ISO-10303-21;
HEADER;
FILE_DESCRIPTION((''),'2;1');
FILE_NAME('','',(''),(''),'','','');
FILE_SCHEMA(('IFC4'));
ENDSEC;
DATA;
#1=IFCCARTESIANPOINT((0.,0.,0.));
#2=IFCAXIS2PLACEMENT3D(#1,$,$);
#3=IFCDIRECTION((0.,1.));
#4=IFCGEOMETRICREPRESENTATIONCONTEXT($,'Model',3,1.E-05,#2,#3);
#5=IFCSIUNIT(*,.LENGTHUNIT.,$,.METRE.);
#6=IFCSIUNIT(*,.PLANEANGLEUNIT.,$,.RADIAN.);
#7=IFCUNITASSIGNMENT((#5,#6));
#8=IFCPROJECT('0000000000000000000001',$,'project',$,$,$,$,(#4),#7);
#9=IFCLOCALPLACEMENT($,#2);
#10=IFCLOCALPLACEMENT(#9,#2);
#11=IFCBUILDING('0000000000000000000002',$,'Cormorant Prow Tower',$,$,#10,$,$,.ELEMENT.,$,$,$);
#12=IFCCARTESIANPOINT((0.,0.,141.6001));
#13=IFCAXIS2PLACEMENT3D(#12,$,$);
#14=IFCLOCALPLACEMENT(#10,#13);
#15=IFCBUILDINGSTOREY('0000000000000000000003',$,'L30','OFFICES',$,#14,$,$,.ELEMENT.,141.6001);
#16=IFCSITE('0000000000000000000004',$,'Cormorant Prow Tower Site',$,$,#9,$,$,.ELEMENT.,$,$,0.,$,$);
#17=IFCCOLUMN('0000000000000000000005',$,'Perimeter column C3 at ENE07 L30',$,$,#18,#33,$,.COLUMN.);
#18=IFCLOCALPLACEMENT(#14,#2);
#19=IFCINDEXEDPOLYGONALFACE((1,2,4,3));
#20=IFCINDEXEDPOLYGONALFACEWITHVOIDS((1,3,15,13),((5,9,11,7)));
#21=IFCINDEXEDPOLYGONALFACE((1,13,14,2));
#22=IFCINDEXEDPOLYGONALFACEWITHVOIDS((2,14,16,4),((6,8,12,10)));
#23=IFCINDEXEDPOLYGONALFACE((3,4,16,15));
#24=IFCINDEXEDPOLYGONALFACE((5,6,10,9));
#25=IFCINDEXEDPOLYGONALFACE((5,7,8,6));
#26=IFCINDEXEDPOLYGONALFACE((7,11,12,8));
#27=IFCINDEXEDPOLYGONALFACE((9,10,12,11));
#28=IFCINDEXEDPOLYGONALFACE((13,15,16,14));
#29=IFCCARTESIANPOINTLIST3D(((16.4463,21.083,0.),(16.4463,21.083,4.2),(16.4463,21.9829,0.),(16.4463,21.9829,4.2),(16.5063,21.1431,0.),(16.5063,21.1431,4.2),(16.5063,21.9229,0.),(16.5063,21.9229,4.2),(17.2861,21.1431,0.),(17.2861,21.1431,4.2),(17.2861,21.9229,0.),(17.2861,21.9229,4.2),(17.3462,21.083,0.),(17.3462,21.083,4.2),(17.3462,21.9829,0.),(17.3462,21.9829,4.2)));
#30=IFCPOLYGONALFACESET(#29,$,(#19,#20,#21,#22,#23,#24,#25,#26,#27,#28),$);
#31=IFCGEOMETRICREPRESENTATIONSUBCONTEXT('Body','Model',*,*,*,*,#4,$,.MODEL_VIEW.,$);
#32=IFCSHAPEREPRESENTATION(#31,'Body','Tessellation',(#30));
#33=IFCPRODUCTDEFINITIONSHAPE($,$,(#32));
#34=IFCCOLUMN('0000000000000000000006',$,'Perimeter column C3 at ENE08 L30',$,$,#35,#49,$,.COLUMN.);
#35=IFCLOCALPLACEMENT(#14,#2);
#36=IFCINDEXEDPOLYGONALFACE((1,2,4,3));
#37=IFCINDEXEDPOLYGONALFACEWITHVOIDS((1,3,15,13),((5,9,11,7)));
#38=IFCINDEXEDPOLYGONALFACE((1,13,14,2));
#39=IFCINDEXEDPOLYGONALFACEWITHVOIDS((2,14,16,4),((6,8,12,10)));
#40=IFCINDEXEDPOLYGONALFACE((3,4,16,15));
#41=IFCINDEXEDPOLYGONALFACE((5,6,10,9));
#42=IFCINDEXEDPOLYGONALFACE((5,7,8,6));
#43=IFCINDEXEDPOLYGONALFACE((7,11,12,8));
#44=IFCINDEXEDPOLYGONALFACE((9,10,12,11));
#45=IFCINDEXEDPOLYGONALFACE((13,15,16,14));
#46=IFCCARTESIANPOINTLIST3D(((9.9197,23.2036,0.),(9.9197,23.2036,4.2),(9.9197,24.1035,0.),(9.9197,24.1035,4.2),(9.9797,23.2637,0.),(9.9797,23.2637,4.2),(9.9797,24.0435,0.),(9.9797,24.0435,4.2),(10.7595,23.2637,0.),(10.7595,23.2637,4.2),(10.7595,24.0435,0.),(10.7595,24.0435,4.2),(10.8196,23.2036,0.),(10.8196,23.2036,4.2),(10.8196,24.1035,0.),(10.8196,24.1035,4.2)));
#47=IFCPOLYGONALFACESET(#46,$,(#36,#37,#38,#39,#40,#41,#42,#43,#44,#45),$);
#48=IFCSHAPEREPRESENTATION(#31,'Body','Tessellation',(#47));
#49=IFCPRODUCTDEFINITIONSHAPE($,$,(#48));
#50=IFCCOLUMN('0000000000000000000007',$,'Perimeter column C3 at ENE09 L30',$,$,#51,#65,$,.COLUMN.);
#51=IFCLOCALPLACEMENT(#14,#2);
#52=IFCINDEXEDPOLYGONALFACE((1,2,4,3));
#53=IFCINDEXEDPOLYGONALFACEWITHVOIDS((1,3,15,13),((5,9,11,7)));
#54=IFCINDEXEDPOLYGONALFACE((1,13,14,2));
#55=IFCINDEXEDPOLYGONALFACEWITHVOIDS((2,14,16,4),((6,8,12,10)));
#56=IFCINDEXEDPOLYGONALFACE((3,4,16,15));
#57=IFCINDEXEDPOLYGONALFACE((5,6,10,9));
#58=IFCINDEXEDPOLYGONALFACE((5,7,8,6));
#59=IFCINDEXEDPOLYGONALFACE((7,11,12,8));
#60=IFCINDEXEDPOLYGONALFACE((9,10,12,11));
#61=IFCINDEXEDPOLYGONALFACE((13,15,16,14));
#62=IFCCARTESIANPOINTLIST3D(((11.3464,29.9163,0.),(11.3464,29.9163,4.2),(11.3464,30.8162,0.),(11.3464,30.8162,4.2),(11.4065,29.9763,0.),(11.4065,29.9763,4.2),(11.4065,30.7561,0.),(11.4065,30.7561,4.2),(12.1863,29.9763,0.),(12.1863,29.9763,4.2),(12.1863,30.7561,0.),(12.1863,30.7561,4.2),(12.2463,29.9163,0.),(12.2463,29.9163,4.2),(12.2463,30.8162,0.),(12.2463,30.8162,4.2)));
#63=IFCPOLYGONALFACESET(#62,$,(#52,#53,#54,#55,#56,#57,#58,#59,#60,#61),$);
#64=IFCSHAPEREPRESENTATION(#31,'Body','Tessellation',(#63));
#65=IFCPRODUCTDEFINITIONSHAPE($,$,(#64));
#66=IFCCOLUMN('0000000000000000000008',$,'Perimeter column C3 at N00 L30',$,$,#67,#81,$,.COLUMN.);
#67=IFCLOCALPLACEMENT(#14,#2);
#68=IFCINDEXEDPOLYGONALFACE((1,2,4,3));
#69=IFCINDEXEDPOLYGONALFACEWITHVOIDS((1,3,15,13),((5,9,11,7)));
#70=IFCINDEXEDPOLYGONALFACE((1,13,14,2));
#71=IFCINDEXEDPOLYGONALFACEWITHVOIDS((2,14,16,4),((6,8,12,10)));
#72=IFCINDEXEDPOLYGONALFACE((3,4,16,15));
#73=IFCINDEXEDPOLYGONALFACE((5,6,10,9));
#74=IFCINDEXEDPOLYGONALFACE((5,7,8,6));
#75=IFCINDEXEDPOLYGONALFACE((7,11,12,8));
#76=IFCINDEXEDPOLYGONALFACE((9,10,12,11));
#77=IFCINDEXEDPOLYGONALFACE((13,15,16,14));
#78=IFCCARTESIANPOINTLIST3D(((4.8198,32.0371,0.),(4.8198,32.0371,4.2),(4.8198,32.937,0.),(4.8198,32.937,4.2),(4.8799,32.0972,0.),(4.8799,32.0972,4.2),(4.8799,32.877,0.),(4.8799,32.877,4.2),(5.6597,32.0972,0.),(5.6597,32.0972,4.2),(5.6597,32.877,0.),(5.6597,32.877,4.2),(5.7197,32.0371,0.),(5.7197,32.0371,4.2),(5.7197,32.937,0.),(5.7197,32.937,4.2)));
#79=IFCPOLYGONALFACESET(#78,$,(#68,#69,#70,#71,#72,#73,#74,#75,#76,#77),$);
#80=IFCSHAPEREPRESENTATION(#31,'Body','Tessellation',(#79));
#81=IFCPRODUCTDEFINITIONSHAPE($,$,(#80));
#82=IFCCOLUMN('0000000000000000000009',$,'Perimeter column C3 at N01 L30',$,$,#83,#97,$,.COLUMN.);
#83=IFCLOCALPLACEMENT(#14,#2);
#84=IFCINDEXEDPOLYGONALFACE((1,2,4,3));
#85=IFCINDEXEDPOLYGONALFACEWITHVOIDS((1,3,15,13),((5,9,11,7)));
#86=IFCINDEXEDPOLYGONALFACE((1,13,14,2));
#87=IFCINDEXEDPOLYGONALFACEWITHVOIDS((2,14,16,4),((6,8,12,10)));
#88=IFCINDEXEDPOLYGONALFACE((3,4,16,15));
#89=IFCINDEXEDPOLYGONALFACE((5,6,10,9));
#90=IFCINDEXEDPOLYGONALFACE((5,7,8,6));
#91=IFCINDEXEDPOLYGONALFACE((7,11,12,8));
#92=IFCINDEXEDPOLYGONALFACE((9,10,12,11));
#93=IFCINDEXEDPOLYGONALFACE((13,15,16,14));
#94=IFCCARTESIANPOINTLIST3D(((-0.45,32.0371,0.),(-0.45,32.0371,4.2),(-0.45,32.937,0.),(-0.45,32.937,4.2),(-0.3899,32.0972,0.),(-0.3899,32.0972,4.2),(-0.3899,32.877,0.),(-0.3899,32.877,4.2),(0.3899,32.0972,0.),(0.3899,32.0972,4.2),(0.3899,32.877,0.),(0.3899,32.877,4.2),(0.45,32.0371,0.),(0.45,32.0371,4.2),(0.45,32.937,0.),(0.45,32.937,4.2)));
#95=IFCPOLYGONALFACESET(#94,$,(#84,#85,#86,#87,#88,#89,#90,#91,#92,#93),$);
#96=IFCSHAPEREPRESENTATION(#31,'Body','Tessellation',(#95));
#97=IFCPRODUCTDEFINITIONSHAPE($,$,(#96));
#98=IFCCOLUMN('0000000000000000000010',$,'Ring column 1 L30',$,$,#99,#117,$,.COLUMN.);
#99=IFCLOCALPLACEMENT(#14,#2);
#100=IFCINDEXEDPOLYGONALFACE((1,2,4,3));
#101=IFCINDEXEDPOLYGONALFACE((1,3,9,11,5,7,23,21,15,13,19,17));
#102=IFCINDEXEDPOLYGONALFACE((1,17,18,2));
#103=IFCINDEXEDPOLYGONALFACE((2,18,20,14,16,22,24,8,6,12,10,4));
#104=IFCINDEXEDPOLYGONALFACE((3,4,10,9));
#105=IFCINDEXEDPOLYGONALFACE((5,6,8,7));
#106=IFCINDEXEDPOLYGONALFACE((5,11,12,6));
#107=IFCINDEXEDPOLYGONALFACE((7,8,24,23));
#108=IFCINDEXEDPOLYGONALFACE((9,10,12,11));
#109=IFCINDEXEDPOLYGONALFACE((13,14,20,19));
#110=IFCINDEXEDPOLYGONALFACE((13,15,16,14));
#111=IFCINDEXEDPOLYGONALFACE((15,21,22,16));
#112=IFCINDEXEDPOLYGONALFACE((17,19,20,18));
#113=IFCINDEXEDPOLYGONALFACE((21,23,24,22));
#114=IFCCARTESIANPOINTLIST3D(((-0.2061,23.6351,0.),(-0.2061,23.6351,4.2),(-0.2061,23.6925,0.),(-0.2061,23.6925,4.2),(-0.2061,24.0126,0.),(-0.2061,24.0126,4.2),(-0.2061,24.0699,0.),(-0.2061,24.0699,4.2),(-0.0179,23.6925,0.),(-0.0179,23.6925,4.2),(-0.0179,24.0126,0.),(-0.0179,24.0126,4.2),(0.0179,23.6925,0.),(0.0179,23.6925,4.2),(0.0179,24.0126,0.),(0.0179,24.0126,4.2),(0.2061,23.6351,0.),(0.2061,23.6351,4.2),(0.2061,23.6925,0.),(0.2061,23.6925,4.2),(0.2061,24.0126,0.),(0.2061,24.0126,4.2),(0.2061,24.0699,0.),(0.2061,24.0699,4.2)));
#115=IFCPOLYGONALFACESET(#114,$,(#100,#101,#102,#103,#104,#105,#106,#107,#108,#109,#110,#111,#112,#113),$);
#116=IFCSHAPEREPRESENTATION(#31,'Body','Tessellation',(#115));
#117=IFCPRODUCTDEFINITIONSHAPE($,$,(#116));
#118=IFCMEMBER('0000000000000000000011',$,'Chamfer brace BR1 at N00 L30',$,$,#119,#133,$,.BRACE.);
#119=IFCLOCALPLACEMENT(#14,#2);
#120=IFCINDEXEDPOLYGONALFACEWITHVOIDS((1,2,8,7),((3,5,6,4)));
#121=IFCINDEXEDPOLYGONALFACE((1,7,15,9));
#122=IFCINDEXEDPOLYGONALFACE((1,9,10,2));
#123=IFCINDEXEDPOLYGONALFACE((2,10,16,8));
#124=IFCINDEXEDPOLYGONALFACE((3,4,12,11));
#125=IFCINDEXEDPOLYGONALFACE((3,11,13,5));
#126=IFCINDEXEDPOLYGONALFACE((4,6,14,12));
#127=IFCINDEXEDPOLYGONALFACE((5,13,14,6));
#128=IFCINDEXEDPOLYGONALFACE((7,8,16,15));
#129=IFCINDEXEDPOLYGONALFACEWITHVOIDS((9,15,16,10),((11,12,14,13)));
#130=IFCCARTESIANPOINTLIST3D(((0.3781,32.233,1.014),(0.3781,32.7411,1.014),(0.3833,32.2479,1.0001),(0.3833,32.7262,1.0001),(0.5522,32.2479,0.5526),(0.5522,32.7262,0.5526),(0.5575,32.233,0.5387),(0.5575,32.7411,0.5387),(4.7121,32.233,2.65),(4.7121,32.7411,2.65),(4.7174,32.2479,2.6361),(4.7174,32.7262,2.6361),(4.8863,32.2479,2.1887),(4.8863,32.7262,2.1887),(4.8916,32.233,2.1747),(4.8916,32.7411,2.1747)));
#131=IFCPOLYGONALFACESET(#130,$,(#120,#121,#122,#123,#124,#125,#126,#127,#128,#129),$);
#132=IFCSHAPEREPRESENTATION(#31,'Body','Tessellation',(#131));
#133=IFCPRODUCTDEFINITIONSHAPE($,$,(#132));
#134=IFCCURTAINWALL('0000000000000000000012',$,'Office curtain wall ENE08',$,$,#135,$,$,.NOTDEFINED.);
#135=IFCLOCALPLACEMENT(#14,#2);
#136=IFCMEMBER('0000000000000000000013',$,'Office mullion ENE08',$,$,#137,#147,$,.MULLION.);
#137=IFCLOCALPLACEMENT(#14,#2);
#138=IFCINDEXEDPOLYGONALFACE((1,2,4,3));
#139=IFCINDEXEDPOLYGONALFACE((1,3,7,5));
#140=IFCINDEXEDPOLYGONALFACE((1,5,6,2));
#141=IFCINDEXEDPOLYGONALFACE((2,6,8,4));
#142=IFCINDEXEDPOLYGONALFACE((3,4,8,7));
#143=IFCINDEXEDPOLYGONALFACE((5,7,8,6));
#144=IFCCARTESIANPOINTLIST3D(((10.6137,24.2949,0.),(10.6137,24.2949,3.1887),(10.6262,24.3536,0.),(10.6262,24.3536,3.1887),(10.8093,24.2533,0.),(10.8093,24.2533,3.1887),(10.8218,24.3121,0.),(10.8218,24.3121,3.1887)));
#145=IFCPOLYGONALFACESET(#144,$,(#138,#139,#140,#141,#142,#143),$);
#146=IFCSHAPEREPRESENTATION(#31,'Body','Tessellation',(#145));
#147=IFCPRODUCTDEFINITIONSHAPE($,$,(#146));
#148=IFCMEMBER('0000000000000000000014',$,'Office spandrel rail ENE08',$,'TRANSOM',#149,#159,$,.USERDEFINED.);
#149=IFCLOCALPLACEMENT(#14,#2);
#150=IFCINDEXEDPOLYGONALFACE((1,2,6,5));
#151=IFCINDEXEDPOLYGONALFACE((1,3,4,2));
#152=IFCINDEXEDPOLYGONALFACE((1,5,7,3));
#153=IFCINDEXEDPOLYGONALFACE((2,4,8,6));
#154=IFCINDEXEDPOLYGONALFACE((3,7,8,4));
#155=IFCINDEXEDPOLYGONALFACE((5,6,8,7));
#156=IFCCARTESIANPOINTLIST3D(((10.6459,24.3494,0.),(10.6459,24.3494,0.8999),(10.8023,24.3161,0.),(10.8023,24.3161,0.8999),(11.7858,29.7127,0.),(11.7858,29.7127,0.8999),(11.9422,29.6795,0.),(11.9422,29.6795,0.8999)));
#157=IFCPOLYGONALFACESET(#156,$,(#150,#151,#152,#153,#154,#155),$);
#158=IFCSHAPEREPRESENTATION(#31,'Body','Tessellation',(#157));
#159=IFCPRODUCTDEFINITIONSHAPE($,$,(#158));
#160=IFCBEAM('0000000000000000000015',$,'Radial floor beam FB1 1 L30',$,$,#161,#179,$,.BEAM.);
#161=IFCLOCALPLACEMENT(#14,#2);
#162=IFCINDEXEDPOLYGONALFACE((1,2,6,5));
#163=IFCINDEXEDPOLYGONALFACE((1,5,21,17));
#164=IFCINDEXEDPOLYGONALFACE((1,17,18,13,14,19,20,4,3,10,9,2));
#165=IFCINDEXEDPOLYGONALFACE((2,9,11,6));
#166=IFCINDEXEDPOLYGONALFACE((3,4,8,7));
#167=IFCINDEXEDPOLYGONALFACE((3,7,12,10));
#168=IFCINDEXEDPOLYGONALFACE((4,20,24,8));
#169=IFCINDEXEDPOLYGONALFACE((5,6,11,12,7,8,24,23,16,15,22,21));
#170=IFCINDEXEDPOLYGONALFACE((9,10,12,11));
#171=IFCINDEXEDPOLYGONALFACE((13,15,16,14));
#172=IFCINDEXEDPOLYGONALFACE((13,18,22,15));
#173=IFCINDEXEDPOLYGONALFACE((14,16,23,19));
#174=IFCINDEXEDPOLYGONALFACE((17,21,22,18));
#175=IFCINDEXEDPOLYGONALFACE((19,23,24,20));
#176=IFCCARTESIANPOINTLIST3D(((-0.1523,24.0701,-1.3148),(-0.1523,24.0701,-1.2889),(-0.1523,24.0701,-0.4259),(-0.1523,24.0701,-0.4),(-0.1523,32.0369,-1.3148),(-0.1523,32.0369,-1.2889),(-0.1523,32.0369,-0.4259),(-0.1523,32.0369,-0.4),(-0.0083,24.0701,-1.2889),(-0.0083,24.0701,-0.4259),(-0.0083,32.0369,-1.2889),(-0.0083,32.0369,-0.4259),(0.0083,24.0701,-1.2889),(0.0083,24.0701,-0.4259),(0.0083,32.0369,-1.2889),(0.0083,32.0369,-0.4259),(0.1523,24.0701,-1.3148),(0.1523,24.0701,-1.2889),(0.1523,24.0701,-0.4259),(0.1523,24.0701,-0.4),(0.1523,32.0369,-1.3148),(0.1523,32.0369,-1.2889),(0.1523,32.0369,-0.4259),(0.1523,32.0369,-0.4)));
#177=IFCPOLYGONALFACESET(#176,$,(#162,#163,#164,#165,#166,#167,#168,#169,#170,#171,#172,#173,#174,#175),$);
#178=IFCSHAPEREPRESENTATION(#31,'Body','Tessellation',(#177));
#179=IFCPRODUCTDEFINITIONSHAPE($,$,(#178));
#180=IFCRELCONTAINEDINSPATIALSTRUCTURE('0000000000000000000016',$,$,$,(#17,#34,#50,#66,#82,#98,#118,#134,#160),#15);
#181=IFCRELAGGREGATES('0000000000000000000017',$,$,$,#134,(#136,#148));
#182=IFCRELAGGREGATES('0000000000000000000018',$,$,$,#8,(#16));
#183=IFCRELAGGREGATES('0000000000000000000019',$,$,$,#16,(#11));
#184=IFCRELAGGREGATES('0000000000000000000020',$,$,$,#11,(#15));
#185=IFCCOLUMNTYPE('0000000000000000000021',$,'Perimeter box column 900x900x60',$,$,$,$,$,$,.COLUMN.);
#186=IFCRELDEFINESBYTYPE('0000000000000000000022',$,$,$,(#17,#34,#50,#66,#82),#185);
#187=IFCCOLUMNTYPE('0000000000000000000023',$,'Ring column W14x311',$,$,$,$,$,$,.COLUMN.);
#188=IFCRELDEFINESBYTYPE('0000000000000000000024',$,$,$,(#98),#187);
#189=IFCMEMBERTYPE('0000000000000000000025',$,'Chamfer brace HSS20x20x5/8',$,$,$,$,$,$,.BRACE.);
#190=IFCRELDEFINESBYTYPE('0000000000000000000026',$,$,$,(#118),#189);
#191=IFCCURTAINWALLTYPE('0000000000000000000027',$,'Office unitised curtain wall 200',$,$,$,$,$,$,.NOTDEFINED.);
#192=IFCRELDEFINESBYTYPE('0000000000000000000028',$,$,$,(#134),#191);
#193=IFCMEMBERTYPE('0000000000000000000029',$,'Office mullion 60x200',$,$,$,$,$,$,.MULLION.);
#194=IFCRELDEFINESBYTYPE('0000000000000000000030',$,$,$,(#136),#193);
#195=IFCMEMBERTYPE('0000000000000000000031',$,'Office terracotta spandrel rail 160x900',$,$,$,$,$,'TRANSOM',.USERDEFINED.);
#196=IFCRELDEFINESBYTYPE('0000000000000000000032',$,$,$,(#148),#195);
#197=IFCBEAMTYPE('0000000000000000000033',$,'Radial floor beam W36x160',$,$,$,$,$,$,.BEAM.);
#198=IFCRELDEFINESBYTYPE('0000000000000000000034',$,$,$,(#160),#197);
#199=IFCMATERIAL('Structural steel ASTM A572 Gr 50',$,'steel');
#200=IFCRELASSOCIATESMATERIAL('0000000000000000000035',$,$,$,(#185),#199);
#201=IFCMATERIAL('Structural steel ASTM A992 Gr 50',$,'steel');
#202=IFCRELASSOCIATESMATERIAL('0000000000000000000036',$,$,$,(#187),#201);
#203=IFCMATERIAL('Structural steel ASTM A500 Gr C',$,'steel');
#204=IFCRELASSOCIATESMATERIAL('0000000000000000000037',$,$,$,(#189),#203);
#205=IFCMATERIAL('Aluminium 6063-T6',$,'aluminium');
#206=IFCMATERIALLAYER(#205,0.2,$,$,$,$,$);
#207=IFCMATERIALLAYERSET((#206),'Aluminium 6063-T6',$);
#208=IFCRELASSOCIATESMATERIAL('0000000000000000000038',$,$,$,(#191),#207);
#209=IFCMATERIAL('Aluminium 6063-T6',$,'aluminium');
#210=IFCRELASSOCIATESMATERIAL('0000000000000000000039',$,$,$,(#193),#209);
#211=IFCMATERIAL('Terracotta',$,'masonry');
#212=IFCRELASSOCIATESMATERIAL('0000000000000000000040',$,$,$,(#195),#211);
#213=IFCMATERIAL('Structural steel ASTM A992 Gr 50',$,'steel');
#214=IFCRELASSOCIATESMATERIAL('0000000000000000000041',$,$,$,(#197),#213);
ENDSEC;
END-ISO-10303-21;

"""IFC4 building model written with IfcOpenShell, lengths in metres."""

from ifc_helpers import new_model, si_unit, direction, frame, origin, origin_2d, place, context, subcontext, project, spatial, rectangle, hollow_rectangle, i_section, extrude, material, layer, layer_set, material_profile, profile_set, type_object, element, aggregate, save


model = new_model("IFC4")

# Units and contexts
model_context = context("Model", 3, precision=1e-05, world=origin(), true_north=direction((0.0, 1.0)))
body_context = subcontext(model_context, "Body", "Model", "MODEL_VIEW")
ifc_project = project(units=[si_unit("LENGTHUNIT", "METRE"), si_unit("PLANEANGLEUNIT", "RADIAN")], contexts=[model_context])

# Site, building, storey
site_placement = place(None, origin())
site = spatial("IfcSite", under=ifc_project, at=site_placement, Name="Cormorant Prow Tower Site", CompositionType="ELEMENT", RefElevation=0.0)
building_placement = place(site_placement, origin())
building = spatial("IfcBuilding", under=site, at=building_placement, Name="Cormorant Prow Tower", CompositionType="ELEMENT")
storey_placement = place(building_placement, frame((0.0, 0.0, 141.6001)))
storey = spatial("IfcBuildingStorey", under=building, at=storey_placement, Name="L30", Description="OFFICES", CompositionType="ELEMENT", Elevation=141.6001)

# Columns
ifc_material_1 = material(Name="Structural steel ASTM A572 Gr 50", Category="steel")
ifc_material_profile_1 = material_profile(ifc_material_1, hollow_rectangle(XDim=0.8999, YDim=0.8999, WallThickness=0.0601, at=origin_2d()), Name="Box 900x900x60")
ifc_profile_set_1 = profile_set([ifc_material_profile_1], Name="Structural steel ASTM A572 Gr 50")
column_type_1 = type_object("IfcColumnType", Name="Perimeter box column 900x900x60", PredefinedType="COLUMN", material=ifc_profile_set_1)
for number, where, z_axis, x_axis, name in (
    (1, (16.8962, 21.533, 0.0), (0.0, 0.0, 1.0), (1.0, 0.0, 0.0), "Perimeter column C3 at ENE07 L30"),
    (2, (10.3696, 23.6536, 0.0), (0.0, 0.0, 1.0), (1.0, 0.0, 0.0), "Perimeter column C3 at ENE08 L30"),
    (3, (11.7964, 30.3662, 0.0), (0.0, 0.0, 1.0), (1.0, 0.0, 0.0), "Perimeter column C3 at ENE09 L30"),
    (4, (5.2698, 32.4871, 0.0), (0.0, 0.0, 1.0), (1.0, 0.0, 0.0), "Perimeter column C3 at N00 L30"),
    (5, (0.0, 32.4871, 0.0), (0.0, 0.0, 1.0), (1.0, 0.0, 0.0), "Perimeter column C3 at N01 L30"),
):
    element("IfcColumn", number, at=place(storey_placement, frame(where, z_axis=z_axis, x_axis=x_axis)), inside=storey, type_object=column_type_1, Name=name, PredefinedType="COLUMN", context=body_context, shape_type="SweptSolid", body=[
        extrude(hollow_rectangle(XDim=0.8999, YDim=0.8999, WallThickness=0.0601, at=origin_2d()), origin(), (0.0, 0.0, 1.0), 4.2),
    ])
ifc_material_2 = material(Name="Structural steel ASTM A992 Gr 50", Category="steel")
ifc_material_profile_2 = material_profile(ifc_material_2, i_section(OverallWidth=0.4121, OverallDepth=0.4348, WebThickness=0.0359, FlangeThickness=0.0574, at=origin_2d()), Name="W14x311")
ifc_profile_set_2 = profile_set([ifc_material_profile_2], Name="Structural steel ASTM A992 Gr 50")
column_type_2 = type_object("IfcColumnType", Name="Ring column W14x311", PredefinedType="COLUMN", material=ifc_profile_set_2)
column_placement = place(storey_placement, frame((0.0, 23.8525, 0.0), z_axis=(0.0, 0.0, 1.0), x_axis=(1.0, 0.0, 0.0)))
element("IfcColumn", 6, at=column_placement, inside=storey, type_object=column_type_2, Name="Ring column 1 L30", PredefinedType="COLUMN", context=body_context, shape_type="SweptSolid", body=[
    extrude(i_section(OverallWidth=0.4121, OverallDepth=0.4348, WebThickness=0.0359, FlangeThickness=0.0574, at=origin_2d()), origin(), (0.0, 0.0, 1.0), 4.2),
])

# Member
ifc_material_3 = material(Name="Structural steel ASTM A500 Gr C", Category="steel")
ifc_material_profile_3 = material_profile(ifc_material_3, hollow_rectangle(XDim=0.5081, YDim=0.5081, WallThickness=0.0149, at=origin_2d()), Name="HSS20x20x5/8")
ifc_profile_set_3 = profile_set([ifc_material_profile_3], Name="Structural steel ASTM A500 Gr C")
member_type_1 = type_object("IfcMemberType", Name="Chamfer brace HSS20x20x5/8", PredefinedType="BRACE", material=ifc_profile_set_3)
member_1_placement = place(storey_placement, frame((0.4678, 32.4871, 0.7764), z_axis=(0.935565, 0.0, 0.353156), x_axis=(0.0, 1.0, 0.0)))
element("IfcMember", 7, at=member_1_placement, inside=storey, type_object=member_type_1, Name="Chamfer brace BR1 at N00 L30", PredefinedType="BRACE", context=body_context, shape_type="SweptSolid", body=[
    extrude(hollow_rectangle(XDim=0.5081, YDim=0.5081, WallThickness=0.0149, at=origin_2d()), origin(), (0.0, 0.0, 1.0), 4.6326),
])

# Curtain wall, members
ifc_material_4 = material(Name="Aluminium 6063-T6", Category="aluminium")
ifc_layer_1 = layer(ifc_material_4, 0.2)
ifc_layer_set_1 = layer_set([ifc_layer_1], Name="Aluminium 6063-T6")
curtain_wall_type = type_object("IfcCurtainWallType", Name="Office unitised curtain wall 200", PredefinedType="NOTDEFINED", material=ifc_layer_set_1)
curtain_wall_placement = place(storey_placement, origin())
curtain_wall = element("IfcCurtainWall", 8, at=curtain_wall_placement, inside=storey, type_object=curtain_wall_type, Name="Office curtain wall ENE08", PredefinedType="NOTDEFINED")
ifc_material_5 = material(Name="Aluminium 6063-T6", Category="aluminium")
ifc_material_profile_4 = material_profile(ifc_material_5, rectangle(XDim=0.2, YDim=0.0601, at=origin_2d()), Name="Office mullion 60x200")
ifc_profile_set_4 = profile_set([ifc_material_profile_4], Name="Aluminium 6063-T6")
member_type_2 = type_object("IfcMemberType", Name="Office mullion 60x200", PredefinedType="MULLION", material=ifc_profile_set_4)
member_2_placement = place(storey_placement, frame((10.7178, 24.3035, 0.0), z_axis=(0.0, 0.0, 1.0), x_axis=(-0.978148, 0.207912, 0.0)))
member_2 = element("IfcMember", 9, at=member_2_placement, type_object=member_type_2, Name="Office mullion ENE08", PredefinedType="MULLION", context=body_context, shape_type="SweptSolid", body=[
    extrude(rectangle(XDim=0.2, YDim=0.0601, at=origin_2d()), origin(), (0.0, 0.0, 1.0), 3.1887),
])
ifc_material_6 = material(Name="Terracotta", Category="masonry")
ifc_material_profile_5 = material_profile(ifc_material_6, rectangle(XDim=0.1599, YDim=0.8999, at=origin_2d()), Name="Office terracotta spandrel rail 160x900")
ifc_profile_set_5 = profile_set([ifc_material_profile_5], Name="Terracotta")
member_type_3 = type_object("IfcMemberType", Name="Office terracotta spandrel rail 160x900", ElementType="TRANSOM", PredefinedType="USERDEFINED", material=ifc_profile_set_5)
member_3_placement = place(storey_placement, frame((10.7241, 24.3328, 0.45), z_axis=(0.207893, 0.978152, 0.0), x_axis=(-0.978152, 0.207893, 0.0)))
member_3 = element("IfcMember", 10, at=member_3_placement, type_object=member_type_3, Name="Office spandrel rail ENE08", ObjectType="TRANSOM", PredefinedType="USERDEFINED", context=body_context, shape_type="SweptSolid", body=[
    extrude(rectangle(XDim=0.1599, YDim=0.8999, at=origin_2d()), origin(), (0.0, 0.0, 1.0), 5.4832),
])

# Beam
ifc_material_7 = material(Name="Structural steel ASTM A992 Gr 50", Category="steel")
ifc_material_profile_6 = material_profile(ifc_material_7, i_section(OverallWidth=0.3047, OverallDepth=0.9148, WebThickness=0.0166, FlangeThickness=0.0259, at=origin_2d()), Name="W36x160")
ifc_profile_set_6 = profile_set([ifc_material_profile_6], Name="Structural steel ASTM A992 Gr 50")
beam_type_1 = type_object("IfcBeamType", Name="Radial floor beam W36x160", PredefinedType="BEAM", material=ifc_profile_set_6)
beam_1_placement = place(storey_placement, frame((0.0, 24.0701, -0.8574), z_axis=(0.0, 1.0, 0.0), x_axis=(-1.0, 0.0, 0.0)))
element("IfcBeam", 11, at=beam_1_placement, inside=storey, type_object=beam_type_1, Name="Radial floor beam FB1 1 L30", PredefinedType="BEAM", context=body_context, shape_type="SweptSolid", body=[
    extrude(i_section(OverallWidth=0.3047, OverallDepth=0.9148, WebThickness=0.0166, FlangeThickness=0.0259, at=origin_2d()), origin(), (0.0, 0.0, 1.0), 7.9668),
])

aggregate(curtain_wall, [member_2, member_3])

save(model, "model.ifc")
